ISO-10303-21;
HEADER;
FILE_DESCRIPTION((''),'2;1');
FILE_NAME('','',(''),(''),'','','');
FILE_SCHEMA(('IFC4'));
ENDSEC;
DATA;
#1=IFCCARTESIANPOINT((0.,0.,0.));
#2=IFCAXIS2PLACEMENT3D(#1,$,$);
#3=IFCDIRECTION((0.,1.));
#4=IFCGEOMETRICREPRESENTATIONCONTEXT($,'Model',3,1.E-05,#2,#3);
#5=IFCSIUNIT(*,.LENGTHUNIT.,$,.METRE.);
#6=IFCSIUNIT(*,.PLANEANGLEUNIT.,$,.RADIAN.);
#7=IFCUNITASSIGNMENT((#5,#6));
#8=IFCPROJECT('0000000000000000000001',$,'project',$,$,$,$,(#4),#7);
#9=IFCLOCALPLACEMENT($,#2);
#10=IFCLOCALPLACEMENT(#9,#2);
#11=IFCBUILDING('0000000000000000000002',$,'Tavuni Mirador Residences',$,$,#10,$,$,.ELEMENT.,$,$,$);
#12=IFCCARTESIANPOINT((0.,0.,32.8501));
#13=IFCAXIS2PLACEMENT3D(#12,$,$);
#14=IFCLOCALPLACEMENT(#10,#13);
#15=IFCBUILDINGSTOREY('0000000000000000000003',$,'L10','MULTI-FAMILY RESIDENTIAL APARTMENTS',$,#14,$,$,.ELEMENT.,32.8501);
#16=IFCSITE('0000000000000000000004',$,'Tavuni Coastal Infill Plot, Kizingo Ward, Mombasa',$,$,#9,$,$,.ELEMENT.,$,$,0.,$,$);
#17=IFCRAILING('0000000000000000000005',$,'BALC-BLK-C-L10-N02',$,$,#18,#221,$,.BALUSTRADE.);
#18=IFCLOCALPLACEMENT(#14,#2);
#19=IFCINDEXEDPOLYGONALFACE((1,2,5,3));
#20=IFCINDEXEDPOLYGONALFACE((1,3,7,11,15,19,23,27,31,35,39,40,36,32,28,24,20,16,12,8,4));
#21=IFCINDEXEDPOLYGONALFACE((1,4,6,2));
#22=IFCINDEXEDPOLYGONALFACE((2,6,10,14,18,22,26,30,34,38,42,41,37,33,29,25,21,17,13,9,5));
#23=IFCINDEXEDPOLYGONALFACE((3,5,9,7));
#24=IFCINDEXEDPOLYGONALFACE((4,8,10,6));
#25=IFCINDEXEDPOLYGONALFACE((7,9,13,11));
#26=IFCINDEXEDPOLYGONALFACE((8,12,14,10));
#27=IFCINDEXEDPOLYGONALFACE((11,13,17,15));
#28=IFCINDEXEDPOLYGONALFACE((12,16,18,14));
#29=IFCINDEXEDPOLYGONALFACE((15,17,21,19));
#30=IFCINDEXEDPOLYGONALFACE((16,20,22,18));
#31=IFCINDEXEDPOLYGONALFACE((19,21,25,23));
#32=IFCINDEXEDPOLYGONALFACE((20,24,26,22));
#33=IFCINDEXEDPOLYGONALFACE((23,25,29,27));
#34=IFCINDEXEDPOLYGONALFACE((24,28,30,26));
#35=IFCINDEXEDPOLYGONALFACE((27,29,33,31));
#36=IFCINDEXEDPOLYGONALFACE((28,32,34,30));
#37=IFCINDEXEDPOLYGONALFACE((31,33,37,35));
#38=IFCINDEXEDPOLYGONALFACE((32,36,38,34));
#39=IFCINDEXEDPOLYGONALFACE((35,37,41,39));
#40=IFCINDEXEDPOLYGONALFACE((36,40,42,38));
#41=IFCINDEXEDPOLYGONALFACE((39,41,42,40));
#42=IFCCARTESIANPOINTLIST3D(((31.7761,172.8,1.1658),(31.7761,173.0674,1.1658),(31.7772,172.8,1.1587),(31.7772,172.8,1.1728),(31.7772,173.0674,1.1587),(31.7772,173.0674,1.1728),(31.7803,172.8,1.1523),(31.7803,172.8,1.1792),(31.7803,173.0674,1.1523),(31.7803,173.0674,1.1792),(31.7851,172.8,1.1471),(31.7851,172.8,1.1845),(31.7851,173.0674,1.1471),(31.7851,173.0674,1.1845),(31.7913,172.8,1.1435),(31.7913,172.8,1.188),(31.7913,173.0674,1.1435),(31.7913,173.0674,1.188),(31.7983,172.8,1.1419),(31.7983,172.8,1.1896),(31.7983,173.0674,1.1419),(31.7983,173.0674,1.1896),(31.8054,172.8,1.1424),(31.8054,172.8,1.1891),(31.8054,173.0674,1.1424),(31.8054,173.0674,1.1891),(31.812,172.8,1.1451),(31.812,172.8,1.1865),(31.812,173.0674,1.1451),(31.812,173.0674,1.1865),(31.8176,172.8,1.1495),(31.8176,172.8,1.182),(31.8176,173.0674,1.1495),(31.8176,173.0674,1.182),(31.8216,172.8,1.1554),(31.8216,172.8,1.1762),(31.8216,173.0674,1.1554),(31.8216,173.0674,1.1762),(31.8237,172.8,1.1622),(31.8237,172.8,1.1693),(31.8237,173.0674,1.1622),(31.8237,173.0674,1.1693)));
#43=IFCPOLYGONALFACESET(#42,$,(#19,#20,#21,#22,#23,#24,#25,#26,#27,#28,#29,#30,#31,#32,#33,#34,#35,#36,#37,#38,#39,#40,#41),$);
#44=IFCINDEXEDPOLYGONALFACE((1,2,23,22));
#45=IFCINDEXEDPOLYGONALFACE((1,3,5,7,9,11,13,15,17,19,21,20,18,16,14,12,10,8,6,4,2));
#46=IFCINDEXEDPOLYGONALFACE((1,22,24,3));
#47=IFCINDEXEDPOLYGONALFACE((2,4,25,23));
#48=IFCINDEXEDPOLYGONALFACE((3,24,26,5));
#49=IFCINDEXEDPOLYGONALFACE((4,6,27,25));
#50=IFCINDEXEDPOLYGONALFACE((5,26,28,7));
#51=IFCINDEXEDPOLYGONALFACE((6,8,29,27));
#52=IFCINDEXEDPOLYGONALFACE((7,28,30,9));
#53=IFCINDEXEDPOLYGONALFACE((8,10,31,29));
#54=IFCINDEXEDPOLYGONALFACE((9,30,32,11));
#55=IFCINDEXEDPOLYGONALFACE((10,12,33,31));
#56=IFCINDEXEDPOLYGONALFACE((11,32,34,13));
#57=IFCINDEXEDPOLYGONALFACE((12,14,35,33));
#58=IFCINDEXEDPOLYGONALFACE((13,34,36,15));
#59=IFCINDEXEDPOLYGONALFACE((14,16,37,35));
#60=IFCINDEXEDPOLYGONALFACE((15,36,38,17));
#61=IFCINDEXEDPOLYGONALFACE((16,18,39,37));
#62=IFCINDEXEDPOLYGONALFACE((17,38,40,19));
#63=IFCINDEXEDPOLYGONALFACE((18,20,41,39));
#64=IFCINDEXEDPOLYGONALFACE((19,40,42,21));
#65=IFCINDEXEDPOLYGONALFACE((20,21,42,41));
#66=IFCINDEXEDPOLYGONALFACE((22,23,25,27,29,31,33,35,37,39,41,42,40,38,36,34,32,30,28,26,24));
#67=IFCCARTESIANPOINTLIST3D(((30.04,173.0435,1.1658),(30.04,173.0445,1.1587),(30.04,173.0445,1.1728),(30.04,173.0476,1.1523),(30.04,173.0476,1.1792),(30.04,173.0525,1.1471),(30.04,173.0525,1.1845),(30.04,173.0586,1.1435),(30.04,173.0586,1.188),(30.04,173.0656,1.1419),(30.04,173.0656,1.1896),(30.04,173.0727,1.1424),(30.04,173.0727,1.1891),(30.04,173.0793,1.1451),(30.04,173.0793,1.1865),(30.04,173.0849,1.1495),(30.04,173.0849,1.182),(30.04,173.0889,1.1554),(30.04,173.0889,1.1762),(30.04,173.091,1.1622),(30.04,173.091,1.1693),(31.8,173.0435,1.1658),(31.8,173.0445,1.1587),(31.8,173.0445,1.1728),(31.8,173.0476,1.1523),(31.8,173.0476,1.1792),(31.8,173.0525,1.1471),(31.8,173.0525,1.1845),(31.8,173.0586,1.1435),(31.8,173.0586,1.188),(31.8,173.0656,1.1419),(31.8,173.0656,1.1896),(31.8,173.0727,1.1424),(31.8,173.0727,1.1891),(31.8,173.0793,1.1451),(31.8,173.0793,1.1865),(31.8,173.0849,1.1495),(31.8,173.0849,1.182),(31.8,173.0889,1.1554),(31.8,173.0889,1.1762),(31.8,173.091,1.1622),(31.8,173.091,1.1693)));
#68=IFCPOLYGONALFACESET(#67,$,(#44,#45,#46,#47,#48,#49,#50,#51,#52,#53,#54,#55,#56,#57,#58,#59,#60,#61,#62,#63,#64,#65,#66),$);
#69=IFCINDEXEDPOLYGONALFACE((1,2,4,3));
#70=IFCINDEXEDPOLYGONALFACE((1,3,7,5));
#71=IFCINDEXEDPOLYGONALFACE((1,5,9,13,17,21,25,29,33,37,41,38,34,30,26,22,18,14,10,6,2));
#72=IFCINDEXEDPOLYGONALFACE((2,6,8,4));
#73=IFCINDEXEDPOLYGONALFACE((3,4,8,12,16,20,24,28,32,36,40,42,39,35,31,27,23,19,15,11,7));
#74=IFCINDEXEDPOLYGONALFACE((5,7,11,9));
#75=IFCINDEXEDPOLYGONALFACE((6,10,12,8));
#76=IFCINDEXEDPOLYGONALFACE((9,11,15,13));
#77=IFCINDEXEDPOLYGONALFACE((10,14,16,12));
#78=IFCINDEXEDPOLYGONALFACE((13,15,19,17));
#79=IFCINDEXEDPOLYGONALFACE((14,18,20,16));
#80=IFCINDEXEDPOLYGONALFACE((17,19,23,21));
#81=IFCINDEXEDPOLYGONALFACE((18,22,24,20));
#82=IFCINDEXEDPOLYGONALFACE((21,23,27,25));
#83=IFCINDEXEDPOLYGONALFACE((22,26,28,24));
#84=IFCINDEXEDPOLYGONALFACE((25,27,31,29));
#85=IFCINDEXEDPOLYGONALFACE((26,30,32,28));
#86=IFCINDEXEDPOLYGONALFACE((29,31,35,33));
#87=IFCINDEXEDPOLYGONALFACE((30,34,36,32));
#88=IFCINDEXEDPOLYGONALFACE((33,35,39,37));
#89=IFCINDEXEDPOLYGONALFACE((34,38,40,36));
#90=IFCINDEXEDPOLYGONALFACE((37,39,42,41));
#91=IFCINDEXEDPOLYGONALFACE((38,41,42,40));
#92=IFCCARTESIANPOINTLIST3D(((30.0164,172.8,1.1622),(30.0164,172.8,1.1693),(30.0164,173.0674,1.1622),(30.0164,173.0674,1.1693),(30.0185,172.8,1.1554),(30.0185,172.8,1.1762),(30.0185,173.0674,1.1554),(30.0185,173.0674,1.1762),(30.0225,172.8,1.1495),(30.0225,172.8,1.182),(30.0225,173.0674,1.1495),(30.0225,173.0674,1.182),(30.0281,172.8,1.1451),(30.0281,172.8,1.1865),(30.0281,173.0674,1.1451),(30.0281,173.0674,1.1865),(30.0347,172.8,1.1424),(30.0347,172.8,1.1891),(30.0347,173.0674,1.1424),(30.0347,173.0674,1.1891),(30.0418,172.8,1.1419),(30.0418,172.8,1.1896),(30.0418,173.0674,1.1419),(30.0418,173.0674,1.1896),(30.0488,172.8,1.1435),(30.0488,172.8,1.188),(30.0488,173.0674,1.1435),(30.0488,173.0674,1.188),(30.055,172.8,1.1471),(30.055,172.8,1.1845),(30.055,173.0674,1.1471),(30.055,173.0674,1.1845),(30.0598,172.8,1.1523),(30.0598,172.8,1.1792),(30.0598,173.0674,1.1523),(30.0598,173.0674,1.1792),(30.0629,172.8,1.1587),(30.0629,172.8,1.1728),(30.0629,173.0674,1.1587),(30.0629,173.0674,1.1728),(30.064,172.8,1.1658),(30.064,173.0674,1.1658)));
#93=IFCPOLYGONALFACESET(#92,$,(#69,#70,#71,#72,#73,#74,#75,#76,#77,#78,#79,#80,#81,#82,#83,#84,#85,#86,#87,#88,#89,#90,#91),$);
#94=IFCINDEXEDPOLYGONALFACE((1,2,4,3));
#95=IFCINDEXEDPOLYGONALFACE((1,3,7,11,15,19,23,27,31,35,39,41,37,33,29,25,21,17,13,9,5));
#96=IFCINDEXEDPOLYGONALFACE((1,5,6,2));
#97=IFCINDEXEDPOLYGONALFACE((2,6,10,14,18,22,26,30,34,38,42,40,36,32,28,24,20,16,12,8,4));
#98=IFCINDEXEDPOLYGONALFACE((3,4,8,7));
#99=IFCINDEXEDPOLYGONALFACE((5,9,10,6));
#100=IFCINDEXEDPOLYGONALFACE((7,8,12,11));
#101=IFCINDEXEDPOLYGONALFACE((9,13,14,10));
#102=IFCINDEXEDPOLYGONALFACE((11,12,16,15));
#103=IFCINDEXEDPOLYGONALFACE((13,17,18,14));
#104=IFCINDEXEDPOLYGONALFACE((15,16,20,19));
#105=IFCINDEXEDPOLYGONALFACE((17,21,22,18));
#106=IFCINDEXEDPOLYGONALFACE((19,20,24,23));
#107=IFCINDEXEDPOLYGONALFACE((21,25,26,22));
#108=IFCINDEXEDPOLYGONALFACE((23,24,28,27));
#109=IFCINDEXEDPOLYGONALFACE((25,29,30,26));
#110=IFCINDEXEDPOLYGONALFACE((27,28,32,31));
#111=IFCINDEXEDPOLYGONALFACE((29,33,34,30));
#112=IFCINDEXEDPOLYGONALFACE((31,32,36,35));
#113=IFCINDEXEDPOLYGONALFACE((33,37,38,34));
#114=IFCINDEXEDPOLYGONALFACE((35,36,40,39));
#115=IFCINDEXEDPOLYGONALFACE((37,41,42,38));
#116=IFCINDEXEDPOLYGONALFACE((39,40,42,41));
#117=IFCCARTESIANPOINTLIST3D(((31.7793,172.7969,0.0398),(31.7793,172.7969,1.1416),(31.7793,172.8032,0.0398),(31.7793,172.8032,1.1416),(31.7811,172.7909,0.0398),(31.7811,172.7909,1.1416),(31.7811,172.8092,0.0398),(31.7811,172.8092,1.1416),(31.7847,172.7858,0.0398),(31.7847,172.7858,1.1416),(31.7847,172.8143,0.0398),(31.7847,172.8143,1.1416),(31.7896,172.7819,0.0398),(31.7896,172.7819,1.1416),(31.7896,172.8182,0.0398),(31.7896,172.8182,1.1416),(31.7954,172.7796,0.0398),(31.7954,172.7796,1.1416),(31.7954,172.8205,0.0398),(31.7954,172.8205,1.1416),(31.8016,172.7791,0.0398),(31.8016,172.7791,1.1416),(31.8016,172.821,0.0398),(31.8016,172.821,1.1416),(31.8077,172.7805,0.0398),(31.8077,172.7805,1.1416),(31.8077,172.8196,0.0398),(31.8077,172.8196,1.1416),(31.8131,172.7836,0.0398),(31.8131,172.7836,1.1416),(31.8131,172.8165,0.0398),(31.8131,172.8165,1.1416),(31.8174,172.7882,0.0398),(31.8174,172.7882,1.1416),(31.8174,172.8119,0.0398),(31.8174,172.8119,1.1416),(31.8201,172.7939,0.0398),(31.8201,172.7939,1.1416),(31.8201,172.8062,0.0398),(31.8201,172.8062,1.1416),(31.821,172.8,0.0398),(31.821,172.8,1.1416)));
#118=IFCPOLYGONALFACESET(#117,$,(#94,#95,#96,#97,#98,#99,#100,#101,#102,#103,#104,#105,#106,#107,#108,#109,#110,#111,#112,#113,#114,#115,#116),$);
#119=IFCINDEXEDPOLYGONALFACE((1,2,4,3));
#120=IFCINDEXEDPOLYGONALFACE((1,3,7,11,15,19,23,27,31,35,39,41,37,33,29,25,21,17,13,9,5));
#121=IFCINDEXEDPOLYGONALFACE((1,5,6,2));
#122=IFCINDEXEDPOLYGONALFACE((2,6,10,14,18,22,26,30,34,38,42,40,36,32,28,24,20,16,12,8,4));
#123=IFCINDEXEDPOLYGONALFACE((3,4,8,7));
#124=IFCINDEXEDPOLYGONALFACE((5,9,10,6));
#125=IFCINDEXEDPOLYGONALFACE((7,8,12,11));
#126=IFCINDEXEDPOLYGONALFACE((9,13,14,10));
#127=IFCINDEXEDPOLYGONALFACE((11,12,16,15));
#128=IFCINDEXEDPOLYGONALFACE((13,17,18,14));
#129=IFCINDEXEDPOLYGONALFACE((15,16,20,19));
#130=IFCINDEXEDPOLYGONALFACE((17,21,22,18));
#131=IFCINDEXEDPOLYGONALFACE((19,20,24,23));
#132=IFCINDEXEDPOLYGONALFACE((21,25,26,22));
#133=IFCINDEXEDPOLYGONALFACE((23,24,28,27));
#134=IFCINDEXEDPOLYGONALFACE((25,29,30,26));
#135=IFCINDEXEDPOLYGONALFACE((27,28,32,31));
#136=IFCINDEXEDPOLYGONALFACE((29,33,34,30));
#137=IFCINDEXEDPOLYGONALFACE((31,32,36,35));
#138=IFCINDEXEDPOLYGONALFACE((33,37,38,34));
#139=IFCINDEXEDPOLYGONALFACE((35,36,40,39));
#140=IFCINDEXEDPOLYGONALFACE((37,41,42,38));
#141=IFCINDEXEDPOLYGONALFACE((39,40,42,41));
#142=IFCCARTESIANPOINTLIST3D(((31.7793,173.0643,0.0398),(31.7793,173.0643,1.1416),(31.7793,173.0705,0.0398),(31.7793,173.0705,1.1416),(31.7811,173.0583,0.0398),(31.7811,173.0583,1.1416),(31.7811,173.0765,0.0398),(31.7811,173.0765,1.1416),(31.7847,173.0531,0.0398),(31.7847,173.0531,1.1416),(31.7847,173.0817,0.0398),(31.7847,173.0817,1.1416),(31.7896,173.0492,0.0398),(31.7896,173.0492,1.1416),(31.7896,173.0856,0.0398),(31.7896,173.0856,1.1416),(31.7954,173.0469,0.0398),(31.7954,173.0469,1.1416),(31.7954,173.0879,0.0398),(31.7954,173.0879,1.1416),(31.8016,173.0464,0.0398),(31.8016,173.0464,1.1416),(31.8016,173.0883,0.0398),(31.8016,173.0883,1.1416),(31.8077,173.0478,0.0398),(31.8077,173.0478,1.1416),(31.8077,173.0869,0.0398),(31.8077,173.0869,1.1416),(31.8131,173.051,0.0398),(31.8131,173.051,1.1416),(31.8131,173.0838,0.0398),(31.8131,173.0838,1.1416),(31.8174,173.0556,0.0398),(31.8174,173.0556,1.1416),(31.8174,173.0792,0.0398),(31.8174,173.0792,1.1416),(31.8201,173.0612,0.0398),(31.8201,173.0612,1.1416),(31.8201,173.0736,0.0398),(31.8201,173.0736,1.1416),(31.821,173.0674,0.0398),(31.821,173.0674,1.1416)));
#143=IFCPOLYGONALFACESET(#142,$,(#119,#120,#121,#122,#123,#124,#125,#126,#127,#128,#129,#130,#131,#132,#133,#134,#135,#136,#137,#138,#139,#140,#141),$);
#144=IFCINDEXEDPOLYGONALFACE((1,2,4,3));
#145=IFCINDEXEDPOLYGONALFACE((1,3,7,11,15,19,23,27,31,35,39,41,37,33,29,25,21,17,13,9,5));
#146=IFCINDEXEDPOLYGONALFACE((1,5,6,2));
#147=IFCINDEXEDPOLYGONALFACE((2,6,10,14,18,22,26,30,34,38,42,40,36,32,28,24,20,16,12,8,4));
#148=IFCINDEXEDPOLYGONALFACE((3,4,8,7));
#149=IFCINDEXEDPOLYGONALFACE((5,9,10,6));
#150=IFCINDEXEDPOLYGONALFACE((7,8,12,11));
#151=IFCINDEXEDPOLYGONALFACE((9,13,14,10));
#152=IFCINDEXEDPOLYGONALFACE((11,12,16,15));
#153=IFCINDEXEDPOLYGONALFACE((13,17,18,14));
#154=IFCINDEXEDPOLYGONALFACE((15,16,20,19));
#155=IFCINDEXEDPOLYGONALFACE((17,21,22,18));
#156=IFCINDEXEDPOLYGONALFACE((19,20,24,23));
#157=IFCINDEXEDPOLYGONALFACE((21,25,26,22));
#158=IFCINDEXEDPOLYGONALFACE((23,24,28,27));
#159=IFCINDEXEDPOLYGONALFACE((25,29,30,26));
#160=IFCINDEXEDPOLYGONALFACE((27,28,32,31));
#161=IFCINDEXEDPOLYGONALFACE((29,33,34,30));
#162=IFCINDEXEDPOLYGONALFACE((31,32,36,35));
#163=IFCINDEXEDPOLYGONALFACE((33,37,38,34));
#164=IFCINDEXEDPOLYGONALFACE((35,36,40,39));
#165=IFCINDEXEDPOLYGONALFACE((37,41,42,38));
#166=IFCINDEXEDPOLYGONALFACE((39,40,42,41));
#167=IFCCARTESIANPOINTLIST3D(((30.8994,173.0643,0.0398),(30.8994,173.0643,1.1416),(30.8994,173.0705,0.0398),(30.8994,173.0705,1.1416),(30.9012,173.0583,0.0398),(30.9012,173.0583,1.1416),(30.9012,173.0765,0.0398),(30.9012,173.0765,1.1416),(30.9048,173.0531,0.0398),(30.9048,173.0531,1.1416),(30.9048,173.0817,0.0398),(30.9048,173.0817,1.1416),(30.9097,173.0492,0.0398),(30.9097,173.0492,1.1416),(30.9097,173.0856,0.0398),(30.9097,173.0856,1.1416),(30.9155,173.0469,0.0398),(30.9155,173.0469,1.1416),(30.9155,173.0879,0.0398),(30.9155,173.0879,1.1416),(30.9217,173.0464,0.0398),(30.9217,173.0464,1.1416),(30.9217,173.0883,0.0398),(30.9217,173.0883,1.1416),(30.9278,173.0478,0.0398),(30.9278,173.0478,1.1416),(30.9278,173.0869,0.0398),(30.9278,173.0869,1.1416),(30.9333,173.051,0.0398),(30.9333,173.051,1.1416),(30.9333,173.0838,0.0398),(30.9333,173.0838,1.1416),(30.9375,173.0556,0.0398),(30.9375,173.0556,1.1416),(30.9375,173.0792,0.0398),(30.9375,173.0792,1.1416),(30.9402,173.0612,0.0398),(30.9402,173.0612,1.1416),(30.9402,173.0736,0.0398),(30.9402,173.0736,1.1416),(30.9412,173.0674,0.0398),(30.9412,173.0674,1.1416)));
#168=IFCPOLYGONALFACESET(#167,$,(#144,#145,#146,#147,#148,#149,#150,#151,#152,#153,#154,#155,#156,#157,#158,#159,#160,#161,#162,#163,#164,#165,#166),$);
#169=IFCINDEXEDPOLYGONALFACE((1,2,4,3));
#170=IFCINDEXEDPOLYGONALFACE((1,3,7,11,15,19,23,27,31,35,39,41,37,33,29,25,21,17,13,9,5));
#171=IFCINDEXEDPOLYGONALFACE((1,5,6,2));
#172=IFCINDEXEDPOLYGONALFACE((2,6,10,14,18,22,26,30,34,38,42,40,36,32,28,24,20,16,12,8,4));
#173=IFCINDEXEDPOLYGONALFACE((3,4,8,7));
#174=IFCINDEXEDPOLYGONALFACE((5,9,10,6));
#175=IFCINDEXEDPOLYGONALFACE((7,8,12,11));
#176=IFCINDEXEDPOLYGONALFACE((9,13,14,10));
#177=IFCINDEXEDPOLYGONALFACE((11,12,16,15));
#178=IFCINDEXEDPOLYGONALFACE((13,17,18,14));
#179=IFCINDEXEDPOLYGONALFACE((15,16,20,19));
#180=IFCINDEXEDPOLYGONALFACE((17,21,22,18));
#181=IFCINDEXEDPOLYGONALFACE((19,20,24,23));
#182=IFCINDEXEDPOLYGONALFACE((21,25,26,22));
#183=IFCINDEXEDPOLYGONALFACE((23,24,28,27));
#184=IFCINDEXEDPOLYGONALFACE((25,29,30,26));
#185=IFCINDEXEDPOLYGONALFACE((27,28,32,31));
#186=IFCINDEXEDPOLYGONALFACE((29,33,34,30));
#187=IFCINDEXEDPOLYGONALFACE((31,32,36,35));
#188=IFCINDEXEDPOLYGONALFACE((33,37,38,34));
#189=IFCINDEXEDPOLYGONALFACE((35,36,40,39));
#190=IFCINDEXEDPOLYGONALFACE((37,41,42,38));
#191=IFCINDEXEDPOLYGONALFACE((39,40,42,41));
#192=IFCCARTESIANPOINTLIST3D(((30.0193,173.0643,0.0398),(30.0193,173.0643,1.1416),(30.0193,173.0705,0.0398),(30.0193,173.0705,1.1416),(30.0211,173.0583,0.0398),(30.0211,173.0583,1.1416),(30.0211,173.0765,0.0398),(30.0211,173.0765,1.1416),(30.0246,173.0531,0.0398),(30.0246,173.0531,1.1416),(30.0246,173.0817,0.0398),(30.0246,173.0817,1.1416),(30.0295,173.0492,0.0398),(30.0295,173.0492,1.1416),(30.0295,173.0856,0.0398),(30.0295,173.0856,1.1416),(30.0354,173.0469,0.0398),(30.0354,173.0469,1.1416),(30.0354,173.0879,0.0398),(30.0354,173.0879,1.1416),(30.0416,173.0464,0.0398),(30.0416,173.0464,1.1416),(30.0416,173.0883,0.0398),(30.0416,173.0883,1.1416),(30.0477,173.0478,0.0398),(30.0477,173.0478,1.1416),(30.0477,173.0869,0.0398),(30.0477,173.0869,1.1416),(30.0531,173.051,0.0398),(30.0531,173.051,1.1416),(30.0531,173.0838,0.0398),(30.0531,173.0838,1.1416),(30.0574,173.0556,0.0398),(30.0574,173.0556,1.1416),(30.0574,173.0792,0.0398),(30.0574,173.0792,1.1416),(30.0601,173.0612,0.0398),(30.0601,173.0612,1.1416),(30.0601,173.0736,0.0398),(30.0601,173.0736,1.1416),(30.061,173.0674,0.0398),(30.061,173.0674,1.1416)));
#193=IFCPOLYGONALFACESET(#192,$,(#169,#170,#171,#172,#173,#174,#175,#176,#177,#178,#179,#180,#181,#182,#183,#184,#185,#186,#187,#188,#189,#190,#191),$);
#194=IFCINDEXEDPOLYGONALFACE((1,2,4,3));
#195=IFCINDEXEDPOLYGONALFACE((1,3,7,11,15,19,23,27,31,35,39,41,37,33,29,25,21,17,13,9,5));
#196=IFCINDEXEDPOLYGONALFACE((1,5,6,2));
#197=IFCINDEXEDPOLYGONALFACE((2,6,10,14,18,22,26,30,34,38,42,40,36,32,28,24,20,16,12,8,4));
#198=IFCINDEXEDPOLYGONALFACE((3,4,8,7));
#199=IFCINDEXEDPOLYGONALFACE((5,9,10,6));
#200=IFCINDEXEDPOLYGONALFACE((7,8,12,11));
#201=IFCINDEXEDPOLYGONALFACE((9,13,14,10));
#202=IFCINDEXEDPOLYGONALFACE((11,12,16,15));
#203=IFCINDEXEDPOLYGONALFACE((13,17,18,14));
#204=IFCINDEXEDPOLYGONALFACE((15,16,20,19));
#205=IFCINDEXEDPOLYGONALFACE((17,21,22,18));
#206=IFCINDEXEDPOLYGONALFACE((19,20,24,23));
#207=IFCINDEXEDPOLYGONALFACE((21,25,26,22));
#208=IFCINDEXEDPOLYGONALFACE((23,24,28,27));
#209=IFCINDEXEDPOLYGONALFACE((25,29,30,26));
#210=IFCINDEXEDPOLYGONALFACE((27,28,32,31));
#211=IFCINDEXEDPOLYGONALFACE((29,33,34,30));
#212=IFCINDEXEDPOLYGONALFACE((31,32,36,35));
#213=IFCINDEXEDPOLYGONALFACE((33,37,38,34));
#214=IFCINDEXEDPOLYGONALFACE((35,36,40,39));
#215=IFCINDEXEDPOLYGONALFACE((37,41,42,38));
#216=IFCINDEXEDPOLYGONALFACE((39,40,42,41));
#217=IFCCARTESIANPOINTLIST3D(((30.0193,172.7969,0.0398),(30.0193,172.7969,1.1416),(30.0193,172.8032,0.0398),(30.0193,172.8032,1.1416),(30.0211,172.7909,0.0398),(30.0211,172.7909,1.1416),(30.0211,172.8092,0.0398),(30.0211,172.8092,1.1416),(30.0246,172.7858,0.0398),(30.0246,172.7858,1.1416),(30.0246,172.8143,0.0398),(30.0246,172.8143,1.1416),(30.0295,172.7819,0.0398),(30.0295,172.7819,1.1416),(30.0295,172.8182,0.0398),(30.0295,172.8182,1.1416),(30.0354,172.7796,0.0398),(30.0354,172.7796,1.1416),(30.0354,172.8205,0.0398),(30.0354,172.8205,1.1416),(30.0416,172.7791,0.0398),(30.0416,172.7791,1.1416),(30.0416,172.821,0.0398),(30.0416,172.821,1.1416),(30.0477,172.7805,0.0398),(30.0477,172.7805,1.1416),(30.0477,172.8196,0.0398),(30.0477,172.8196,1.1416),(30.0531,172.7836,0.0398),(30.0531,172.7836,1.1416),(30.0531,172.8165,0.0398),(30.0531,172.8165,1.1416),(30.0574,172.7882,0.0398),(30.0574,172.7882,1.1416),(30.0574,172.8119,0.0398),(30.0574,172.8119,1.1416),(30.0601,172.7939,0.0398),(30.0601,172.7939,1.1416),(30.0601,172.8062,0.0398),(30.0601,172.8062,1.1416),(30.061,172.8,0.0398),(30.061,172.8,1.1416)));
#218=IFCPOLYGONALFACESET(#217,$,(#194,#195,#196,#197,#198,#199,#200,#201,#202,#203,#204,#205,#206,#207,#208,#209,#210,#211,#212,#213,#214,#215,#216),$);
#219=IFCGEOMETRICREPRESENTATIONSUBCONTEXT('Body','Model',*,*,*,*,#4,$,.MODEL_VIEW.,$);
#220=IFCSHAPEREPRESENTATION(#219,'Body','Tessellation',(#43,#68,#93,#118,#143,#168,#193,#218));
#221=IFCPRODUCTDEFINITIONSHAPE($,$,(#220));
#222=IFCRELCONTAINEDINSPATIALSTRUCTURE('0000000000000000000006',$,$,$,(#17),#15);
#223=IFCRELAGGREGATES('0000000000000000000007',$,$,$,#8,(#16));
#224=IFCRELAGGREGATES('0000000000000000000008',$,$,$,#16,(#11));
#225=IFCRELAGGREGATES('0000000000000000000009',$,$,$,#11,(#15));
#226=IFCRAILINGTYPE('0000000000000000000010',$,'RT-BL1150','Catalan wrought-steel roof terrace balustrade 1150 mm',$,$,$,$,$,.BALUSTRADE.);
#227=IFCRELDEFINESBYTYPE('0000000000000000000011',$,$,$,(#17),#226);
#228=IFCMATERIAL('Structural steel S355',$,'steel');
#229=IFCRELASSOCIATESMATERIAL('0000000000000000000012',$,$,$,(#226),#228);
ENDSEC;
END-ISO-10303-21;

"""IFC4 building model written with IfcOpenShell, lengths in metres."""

from ifc_helpers import new_model, si_unit, direction, frame, origin, origin_2d, place, context, subcontext, project, spatial, circle, extrude, material, type_object, element, save


model = new_model("IFC4")

# Units and contexts
model_context = context("Model", 3, precision=1e-05, world=origin(), true_north=direction((0.0, 1.0)))
body_context = subcontext(model_context, "Body", "Model", "MODEL_VIEW")
ifc_project = project(units=[si_unit("LENGTHUNIT", "METRE"), si_unit("PLANEANGLEUNIT", "RADIAN")], contexts=[model_context])

# Site, building, storey
site_placement = place(None, origin())
site = spatial("IfcSite", under=ifc_project, at=site_placement, Name="Tavuni Coastal Infill Plot, Kizingo Ward, Mombasa", CompositionType="ELEMENT", RefElevation=0.0)
building_placement = place(site_placement, origin())
building = spatial("IfcBuilding", under=site, at=building_placement, Name="Tavuni Mirador Residences", CompositionType="ELEMENT")
storey_placement = place(building_placement, frame((0.0, 0.0, 32.8501)))
storey = spatial("IfcBuildingStorey", under=building, at=storey_placement, Name="L10", Description="MULTI-FAMILY RESIDENTIAL APARTMENTS", CompositionType="ELEMENT", Elevation=32.8501)

# Shared definitions
ifc_material_1 = material(Name="Structural steel S355", Category="steel")

# Railing
railing_type = type_object("IfcRailingType", Name="RT-BL1150", Description="Catalan wrought-steel roof terrace balustrade 1150 mm", PredefinedType="BALUSTRADE", material=ifc_material_1)
railing_placement = place(storey_placement, frame((31.8, 172.8, 0.0398)))
element("IfcRailing", 1, at=railing_placement, inside=storey, type_object=railing_type, Name="BALC-BLK-C-L10-N02", PredefinedType="BALUSTRADE", context=body_context, shape_type="SweptSolid", body=[
    extrude(circle(Radius=0.0239, at=origin_2d()), frame((0.0, 0.0, 1.126), z_axis=(0.0, 1.0, 0.0), x_axis=(-1.0, 0.0, 0.0)), (0.0, 0.0, 1.0), 0.2673),
    extrude(circle(Radius=0.0239, at=origin_2d()), frame((0.0, 0.2673, 1.126), z_axis=(-1.0, 0.0, 0.0), x_axis=(0.0, -1.0, 0.0)), (0.0, 0.0, 1.0), 1.76),
    extrude(circle(Radius=0.0239, at=origin_2d()), frame((-1.76, 0.2673, 1.126), z_axis=(0.0, -1.0, 0.0), x_axis=(1.0, 0.0, 0.0)), (0.0, 0.0, 1.0), 0.2673),
    extrude(circle(Radius=0.021, at=origin_2d()), origin(), (0.0, 0.0, 1.0), 1.1018),
    extrude(circle(Radius=0.021, at=origin_2d()), frame((0.0, 0.2673, 0.0)), (0.0, 0.0, 1.0), 1.1018),
    extrude(circle(Radius=0.021, at=origin_2d()), frame((-0.8799, 0.2673, 0.0)), (0.0, 0.0, 1.0), 1.1018),
    extrude(circle(Radius=0.021, at=origin_2d()), frame((-1.76, 0.2673, 0.0)), (0.0, 0.0, 1.0), 1.1018),
    extrude(circle(Radius=0.021, at=origin_2d()), frame((-1.76, 0.0, 0.0)), (0.0, 0.0, 1.0), 1.1018),
])

save(model, "model.ifc")
